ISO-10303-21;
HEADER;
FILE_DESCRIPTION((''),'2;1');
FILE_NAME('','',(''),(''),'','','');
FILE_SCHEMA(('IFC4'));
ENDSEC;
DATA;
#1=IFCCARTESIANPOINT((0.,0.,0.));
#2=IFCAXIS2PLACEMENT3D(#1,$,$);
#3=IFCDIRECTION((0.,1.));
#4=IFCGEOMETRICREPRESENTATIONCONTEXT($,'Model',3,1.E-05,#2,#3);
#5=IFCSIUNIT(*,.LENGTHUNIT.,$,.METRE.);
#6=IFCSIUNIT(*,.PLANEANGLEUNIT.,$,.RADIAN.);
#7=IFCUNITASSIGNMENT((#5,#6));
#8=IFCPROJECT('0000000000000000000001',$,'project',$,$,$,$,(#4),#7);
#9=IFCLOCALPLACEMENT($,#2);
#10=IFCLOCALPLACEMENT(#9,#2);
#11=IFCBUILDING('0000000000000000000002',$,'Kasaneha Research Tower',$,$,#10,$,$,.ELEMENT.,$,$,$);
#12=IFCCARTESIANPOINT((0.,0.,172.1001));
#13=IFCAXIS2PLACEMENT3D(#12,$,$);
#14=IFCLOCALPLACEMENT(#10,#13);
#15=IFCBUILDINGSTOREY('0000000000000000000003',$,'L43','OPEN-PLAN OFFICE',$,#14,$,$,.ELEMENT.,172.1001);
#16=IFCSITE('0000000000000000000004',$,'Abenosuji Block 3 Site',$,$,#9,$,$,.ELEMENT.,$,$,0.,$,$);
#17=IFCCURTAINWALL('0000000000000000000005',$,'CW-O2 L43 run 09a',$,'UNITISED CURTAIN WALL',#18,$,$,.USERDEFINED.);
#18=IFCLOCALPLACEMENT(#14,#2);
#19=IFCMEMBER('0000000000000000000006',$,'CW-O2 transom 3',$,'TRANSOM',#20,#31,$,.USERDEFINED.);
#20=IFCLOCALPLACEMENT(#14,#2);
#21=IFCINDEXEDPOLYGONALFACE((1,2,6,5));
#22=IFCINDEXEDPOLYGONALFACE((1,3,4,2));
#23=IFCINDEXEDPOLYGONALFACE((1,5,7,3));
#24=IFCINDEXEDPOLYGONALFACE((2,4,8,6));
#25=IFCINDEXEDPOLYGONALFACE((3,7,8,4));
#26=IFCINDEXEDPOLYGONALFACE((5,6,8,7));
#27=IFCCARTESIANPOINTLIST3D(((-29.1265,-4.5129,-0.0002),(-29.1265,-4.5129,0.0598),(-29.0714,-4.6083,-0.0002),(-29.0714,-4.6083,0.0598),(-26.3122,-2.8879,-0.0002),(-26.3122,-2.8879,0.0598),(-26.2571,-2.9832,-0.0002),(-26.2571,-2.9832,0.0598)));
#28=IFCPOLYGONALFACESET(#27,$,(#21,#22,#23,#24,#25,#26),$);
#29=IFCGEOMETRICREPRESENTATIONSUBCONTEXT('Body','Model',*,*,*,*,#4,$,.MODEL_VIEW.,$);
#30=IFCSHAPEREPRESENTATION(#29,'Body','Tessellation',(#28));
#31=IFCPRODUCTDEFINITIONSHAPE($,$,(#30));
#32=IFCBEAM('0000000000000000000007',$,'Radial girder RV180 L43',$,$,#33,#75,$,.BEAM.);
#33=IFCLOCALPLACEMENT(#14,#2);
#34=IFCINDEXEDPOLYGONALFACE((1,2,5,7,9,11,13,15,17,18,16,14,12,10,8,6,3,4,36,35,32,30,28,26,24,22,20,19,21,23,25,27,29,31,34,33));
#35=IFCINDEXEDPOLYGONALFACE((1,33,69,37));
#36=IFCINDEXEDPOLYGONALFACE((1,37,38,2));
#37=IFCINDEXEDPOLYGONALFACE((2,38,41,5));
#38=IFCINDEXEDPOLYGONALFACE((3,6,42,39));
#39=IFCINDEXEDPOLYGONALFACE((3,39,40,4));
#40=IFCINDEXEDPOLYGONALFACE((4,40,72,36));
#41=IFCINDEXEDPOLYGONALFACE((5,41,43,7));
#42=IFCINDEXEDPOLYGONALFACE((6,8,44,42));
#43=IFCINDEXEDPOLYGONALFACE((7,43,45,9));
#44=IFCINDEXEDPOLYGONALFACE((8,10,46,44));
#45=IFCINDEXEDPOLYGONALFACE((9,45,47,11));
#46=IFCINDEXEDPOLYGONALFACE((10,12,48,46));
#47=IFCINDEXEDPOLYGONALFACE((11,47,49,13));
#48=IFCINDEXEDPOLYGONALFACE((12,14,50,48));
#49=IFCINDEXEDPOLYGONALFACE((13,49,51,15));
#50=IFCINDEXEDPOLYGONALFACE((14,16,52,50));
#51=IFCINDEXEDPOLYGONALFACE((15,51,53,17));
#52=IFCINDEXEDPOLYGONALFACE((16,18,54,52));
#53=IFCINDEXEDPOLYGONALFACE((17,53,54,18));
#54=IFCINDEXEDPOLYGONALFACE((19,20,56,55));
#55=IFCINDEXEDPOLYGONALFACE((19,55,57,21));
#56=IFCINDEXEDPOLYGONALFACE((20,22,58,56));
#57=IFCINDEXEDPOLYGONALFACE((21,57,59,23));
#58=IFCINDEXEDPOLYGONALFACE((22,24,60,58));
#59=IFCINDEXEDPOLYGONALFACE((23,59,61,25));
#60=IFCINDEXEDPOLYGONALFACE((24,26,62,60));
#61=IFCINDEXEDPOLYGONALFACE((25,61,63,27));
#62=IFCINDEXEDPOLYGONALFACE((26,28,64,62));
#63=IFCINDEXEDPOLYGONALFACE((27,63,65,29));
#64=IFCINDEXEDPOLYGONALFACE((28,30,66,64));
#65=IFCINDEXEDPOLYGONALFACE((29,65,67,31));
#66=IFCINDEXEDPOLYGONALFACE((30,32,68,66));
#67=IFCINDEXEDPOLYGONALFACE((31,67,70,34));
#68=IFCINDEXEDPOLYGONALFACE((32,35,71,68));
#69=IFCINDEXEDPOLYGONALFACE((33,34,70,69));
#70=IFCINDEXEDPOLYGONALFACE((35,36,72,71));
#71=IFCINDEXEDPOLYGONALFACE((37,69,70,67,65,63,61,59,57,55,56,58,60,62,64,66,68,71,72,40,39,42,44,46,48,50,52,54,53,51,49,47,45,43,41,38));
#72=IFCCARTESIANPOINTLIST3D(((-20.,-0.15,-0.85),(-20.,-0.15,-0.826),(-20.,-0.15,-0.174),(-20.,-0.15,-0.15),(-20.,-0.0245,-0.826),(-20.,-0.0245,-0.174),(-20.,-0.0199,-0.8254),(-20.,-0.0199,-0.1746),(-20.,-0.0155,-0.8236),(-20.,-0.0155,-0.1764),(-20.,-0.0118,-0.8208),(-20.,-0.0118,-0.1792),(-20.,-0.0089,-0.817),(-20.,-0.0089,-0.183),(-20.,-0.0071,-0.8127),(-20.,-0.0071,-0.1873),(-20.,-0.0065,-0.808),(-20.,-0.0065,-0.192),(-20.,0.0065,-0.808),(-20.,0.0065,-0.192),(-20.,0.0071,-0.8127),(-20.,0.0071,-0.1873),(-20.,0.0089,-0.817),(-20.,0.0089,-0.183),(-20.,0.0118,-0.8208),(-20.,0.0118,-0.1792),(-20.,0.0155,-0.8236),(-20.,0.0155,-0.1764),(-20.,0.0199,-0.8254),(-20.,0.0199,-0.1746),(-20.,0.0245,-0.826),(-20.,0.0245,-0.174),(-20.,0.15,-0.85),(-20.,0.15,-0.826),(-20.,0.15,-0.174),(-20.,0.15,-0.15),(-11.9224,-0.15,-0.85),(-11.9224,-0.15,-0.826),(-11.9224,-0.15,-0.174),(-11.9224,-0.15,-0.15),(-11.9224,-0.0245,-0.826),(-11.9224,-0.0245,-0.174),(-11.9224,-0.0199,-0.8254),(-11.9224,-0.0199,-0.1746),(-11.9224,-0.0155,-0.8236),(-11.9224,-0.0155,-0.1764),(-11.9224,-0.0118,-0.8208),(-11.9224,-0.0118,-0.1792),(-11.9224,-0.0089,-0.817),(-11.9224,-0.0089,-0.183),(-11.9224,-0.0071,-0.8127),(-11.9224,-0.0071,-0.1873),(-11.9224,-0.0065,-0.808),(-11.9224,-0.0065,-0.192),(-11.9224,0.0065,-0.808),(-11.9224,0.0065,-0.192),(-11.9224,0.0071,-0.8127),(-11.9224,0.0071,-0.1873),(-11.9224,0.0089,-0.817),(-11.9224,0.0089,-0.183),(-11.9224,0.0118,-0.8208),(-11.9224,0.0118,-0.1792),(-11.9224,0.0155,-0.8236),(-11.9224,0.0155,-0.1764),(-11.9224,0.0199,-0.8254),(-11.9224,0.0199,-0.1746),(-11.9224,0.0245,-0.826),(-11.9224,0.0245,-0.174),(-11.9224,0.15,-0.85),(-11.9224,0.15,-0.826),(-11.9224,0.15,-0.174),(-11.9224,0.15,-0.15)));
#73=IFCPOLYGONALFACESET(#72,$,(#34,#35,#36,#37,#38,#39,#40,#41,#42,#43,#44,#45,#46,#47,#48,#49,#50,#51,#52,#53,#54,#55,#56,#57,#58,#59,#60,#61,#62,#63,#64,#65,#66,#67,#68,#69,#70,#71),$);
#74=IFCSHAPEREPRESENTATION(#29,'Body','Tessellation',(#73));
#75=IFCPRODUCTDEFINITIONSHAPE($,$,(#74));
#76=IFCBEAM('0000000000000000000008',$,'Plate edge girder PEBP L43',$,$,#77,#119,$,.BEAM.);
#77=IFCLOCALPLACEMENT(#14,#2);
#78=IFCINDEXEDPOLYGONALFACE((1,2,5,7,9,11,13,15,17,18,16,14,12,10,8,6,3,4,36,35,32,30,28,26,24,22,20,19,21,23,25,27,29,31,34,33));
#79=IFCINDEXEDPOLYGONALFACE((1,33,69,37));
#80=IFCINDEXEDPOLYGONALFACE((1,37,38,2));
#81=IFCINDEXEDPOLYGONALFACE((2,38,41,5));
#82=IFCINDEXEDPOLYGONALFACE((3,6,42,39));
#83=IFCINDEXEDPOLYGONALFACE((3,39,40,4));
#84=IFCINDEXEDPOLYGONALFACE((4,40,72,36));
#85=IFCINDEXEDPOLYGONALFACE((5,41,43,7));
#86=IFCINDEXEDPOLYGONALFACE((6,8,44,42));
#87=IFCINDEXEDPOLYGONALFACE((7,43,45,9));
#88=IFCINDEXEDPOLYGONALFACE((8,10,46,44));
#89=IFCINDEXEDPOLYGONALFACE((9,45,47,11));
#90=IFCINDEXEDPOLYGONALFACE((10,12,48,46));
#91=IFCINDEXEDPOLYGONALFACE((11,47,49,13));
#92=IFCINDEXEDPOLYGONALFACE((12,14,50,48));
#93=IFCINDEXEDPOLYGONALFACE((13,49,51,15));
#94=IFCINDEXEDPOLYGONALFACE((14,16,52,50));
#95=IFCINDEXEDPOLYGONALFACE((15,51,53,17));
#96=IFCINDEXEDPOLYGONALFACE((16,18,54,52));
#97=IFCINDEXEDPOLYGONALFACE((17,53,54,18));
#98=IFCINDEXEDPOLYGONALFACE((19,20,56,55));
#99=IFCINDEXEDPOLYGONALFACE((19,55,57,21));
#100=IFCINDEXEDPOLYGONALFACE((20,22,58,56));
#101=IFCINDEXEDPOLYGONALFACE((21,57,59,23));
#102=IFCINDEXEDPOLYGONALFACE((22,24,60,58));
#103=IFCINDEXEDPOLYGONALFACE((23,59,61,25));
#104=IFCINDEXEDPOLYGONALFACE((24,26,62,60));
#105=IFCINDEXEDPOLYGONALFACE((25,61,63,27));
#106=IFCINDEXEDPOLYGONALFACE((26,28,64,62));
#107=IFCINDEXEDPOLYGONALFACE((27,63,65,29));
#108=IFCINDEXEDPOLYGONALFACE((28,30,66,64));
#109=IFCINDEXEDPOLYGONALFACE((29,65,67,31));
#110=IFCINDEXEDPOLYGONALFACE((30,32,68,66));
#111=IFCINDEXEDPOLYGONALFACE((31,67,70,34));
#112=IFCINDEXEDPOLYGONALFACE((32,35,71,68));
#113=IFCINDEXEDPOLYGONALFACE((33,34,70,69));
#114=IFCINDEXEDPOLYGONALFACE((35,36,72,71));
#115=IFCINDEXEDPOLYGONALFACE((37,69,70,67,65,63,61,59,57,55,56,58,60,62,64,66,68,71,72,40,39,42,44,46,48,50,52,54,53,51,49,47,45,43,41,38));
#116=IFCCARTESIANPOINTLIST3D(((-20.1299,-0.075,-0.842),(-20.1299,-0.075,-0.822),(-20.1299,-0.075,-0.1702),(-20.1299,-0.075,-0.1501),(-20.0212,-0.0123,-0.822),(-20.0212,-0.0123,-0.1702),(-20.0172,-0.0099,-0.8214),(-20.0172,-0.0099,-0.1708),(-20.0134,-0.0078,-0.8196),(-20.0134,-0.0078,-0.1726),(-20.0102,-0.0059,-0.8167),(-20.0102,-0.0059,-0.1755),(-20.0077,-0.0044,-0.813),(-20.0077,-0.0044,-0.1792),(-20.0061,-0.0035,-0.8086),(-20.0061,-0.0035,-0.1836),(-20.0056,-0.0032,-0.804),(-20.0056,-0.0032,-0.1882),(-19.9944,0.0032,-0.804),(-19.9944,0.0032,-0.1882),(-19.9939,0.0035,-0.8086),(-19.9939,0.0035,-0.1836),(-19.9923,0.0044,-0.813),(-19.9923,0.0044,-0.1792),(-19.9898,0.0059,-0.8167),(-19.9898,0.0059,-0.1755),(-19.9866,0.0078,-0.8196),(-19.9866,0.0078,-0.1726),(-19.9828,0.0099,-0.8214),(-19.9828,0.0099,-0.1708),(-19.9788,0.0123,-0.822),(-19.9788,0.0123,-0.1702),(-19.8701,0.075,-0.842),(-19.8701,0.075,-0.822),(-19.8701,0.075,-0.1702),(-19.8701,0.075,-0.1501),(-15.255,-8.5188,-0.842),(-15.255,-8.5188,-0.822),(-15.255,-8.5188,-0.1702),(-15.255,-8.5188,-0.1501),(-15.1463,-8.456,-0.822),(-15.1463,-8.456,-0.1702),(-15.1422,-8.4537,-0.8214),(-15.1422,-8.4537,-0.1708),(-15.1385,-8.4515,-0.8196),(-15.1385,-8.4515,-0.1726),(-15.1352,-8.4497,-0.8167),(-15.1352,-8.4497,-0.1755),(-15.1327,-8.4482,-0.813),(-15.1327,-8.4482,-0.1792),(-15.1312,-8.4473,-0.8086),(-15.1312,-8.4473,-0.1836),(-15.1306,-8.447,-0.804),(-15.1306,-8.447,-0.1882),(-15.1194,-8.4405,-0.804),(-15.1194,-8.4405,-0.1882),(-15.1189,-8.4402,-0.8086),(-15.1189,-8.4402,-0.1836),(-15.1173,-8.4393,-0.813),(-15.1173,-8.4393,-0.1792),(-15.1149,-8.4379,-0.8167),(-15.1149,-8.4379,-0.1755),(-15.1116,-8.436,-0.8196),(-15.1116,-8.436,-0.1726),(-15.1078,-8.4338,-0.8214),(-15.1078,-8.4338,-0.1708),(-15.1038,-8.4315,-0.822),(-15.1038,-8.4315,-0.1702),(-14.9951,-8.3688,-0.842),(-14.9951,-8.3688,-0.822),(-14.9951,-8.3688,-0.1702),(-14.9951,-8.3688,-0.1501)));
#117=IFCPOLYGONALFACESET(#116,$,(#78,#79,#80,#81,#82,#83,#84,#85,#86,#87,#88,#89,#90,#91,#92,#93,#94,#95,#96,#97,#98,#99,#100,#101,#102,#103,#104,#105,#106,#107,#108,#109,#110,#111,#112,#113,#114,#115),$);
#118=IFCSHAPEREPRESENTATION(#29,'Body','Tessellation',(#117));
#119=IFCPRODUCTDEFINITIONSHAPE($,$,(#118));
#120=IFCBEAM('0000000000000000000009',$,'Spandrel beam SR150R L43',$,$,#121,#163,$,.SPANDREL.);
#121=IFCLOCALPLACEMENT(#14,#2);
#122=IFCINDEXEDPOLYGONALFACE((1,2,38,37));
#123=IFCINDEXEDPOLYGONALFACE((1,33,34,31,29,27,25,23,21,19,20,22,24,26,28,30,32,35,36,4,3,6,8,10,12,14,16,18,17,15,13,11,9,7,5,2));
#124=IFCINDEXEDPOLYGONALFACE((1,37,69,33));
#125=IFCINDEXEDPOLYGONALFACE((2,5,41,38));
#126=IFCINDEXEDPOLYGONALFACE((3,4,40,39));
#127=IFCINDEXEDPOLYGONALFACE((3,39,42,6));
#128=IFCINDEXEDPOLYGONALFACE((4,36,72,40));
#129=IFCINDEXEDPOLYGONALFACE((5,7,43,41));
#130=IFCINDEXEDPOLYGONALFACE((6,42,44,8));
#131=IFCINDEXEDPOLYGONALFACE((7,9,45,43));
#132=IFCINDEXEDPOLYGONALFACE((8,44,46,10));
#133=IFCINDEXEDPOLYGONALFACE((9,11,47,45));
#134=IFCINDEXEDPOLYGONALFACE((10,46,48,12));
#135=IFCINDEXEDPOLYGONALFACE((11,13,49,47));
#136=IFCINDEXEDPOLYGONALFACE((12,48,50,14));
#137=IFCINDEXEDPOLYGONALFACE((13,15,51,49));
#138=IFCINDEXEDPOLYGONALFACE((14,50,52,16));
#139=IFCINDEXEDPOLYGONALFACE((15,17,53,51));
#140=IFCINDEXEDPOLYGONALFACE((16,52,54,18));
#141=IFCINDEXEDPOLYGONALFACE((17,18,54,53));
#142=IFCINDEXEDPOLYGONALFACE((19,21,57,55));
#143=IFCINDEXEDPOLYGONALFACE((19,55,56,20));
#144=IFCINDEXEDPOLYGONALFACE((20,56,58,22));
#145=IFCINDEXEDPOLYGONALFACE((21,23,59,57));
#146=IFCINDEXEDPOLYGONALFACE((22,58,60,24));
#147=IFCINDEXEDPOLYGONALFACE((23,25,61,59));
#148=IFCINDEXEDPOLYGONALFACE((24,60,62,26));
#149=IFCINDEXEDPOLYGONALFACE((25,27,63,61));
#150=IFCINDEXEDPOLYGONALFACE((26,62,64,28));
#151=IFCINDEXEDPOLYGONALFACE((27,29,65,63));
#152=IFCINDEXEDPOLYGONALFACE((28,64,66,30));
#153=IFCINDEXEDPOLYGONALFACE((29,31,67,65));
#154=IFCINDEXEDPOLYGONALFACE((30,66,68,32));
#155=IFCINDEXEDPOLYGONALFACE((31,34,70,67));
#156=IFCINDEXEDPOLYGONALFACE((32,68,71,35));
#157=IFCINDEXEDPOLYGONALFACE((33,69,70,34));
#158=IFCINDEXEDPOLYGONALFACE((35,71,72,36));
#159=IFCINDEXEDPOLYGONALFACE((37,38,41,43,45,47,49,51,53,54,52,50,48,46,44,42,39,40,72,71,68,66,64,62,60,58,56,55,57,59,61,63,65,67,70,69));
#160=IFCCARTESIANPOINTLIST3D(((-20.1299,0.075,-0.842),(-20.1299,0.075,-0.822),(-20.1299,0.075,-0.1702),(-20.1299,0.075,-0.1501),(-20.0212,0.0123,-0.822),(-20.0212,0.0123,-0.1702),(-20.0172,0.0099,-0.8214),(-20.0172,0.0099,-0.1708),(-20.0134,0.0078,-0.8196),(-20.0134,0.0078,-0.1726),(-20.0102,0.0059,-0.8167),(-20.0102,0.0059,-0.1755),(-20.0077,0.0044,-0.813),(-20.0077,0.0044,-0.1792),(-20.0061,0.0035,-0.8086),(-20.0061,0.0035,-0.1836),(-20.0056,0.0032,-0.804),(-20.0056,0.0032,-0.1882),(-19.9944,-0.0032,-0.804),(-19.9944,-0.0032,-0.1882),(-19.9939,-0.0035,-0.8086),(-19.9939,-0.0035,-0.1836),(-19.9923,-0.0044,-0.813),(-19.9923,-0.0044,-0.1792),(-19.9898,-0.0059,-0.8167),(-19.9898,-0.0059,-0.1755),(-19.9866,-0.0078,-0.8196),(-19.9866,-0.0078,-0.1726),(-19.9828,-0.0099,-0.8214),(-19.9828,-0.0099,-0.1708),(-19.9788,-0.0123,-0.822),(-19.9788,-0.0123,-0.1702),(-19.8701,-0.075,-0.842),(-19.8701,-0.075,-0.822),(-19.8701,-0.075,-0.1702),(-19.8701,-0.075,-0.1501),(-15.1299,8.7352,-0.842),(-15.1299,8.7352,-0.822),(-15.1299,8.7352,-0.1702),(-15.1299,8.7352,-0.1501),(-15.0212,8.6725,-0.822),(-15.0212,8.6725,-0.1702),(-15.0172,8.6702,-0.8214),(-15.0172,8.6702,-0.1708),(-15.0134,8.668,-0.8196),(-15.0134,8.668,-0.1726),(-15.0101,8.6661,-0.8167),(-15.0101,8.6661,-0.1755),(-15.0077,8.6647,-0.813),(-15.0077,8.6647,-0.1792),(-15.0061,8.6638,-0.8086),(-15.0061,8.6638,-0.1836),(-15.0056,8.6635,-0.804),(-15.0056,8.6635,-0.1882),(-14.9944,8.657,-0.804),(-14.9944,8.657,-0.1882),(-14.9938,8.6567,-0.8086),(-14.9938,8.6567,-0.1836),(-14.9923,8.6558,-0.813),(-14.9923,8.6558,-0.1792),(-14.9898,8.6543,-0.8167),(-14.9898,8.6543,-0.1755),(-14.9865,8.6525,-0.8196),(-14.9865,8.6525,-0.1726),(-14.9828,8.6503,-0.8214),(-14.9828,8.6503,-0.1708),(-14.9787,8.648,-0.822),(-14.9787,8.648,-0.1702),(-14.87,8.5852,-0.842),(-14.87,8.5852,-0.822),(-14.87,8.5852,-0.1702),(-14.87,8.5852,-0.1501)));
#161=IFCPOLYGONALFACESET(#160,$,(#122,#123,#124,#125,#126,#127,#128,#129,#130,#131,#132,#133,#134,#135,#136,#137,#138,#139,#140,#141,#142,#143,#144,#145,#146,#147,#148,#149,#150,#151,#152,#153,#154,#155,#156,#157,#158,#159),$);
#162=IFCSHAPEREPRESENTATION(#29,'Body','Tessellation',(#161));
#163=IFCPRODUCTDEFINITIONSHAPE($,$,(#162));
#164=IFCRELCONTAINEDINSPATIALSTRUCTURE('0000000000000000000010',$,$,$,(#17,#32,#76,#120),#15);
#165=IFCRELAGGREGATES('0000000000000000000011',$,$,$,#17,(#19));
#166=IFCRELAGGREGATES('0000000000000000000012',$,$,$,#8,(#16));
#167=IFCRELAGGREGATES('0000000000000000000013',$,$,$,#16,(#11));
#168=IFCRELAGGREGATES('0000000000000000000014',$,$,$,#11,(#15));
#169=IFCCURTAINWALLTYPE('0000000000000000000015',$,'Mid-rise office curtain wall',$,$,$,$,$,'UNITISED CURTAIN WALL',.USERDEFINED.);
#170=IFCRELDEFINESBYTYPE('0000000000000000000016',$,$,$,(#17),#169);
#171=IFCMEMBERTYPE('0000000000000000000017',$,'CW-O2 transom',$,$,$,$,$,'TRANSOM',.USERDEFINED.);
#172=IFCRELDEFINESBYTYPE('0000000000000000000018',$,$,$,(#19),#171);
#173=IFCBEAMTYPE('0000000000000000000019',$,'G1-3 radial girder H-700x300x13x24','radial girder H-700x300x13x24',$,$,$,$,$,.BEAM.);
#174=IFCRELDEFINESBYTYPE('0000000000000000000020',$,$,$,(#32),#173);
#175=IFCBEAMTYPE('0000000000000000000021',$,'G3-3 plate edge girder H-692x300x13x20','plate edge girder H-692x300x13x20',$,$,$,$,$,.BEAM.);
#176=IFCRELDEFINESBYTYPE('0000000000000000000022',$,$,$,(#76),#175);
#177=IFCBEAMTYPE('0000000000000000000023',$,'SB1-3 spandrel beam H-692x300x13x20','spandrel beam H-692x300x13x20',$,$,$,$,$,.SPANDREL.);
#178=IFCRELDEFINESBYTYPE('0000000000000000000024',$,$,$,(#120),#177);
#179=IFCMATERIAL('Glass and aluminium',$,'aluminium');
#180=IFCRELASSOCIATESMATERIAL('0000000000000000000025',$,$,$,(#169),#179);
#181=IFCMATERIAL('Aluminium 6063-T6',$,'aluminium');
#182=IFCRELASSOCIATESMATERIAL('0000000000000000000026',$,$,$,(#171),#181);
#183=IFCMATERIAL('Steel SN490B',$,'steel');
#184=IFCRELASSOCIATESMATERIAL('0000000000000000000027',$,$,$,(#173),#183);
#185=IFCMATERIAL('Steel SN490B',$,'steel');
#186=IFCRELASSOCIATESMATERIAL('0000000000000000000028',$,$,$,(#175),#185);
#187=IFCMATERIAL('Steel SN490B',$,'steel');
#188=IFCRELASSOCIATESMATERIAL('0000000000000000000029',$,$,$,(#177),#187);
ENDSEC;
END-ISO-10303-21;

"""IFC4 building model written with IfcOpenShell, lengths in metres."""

from ifc_helpers import new_model, si_unit, direction, frame, origin, origin_2d, place, context, subcontext, project, spatial, rectangle, i_section, extrude, material, material_profile, profile_set, type_object, element, aggregate, save


model = new_model("IFC4")

# Units and contexts
model_context = context("Model", 3, precision=1e-05, world=origin(), true_north=direction((0.0, 1.0)))
body_context = subcontext(model_context, "Body", "Model", "MODEL_VIEW")
ifc_project = project(units=[si_unit("LENGTHUNIT", "METRE"), si_unit("PLANEANGLEUNIT", "RADIAN")], contexts=[model_context])

# Site, building, storey
site_placement = place(None, origin())
site = spatial("IfcSite", under=ifc_project, at=site_placement, Name="Abenosuji Block 3 Site", CompositionType="ELEMENT", RefElevation=0.0)
building_placement = place(site_placement, origin())
building = spatial("IfcBuilding", under=site, at=building_placement, Name="Kasaneha Research Tower", CompositionType="ELEMENT")
storey_placement = place(building_placement, frame((0.0, 0.0, 172.1001)))
storey = spatial("IfcBuildingStorey", under=building, at=storey_placement, Name="L43", Description="OPEN-PLAN OFFICE", CompositionType="ELEMENT", Elevation=172.1001)

# Shared definitions
ifc_material_1 = material(Name="Glass and aluminium", Category="aluminium")
curtain_wall_type = type_object("IfcCurtainWallType", Name="Mid-rise office curtain wall", ElementType="UNITISED CURTAIN WALL", PredefinedType="USERDEFINED", material=ifc_material_1)

# Curtain wall
curtain_wall_1_placement = place(storey_placement, origin())
curtain_wall_1 = element("IfcCurtainWall", 1, at=curtain_wall_1_placement, inside=storey, type_object=curtain_wall_type, Name="CW-O2 L43 run 09a", ObjectType="UNITISED CURTAIN WALL", PredefinedType="USERDEFINED")

# Member
ifc_material_2 = material(Name="Aluminium 6063-T6", Category="aluminium")
ifc_material_profile_1 = material_profile(ifc_material_2, rectangle(XDim=0.1101, YDim=0.0601, at=origin_2d()), Name="CW-O2 transom 110x60")
ifc_profile_set_1 = profile_set([ifc_material_profile_1], Name="Aluminium 6063-T6")
member_type_1 = type_object("IfcMemberType", Name="CW-O2 transom", ElementType="TRANSOM", PredefinedType="USERDEFINED", material=ifc_profile_set_1)
member_1_placement = place(storey_placement, frame((-26.2847, -2.9355, 0.0298), z_axis=(-0.865997, -0.50005, 0.0), x_axis=(0.50005, -0.865997, 0.0)))
member_1 = element("IfcMember", 2, at=member_1_placement, type_object=member_type_1, Name="CW-O2 transom 3", ObjectType="TRANSOM", PredefinedType="USERDEFINED", context=body_context, shape_type="SweptSolid", body=[
    extrude(rectangle(XDim=0.1101, YDim=0.0601, at=origin_2d()), origin(), (0.0, 0.0, 1.0), 3.2498),
])

# Beams
ifc_material_3 = material(Name="Steel SN490B", Category="steel")
ifc_material_profile_2 = material_profile(ifc_material_3, i_section(OverallWidth=0.3, OverallDepth=0.7, WebThickness=0.0129, FlangeThickness=0.0239, FilletRadius=0.0181, at=origin_2d()), Name="H-700x300x13x24")
ifc_profile_set_2 = profile_set([ifc_material_profile_2], Name="Steel SN490B")
beam_type_1 = type_object("IfcBeamType", Name="G1-3 radial girder H-700x300x13x24", Description="radial girder H-700x300x13x24", PredefinedType="BEAM", material=ifc_profile_set_2)
beam_1_placement = place(storey_placement, frame((-11.9224, 0.0, -0.5), z_axis=(-1.0, 0.0, 0.0), x_axis=(0.0, -1.0, 0.0)))
element("IfcBeam", 3, at=beam_1_placement, inside=storey, type_object=beam_type_1, Name="Radial girder RV180 L43", PredefinedType="BEAM", context=body_context, shape_type="SweptSolid", body=[
    extrude(i_section(OverallWidth=0.3, OverallDepth=0.7, WebThickness=0.0129, FlangeThickness=0.0239, FilletRadius=0.0181, at=origin_2d()), origin(), (0.0, 0.0, 1.0), 8.0776),
])
ifc_material_4 = material(Name="Steel SN490B", Category="steel")
ifc_material_profile_3 = material_profile(ifc_material_4, i_section(OverallWidth=0.3, OverallDepth=0.6919, WebThickness=0.0129, FlangeThickness=0.02, FilletRadius=0.0181, at=origin_2d()), Name="H-692x300x13x20")
ifc_profile_set_3 = profile_set([ifc_material_profile_3], Name="Steel SN490B")
beam_type_2 = type_object("IfcBeamType", Name="G3-3 plate edge girder H-692x300x13x20", Description="plate edge girder H-692x300x13x20", PredefinedType="BEAM", material=ifc_profile_set_3)
beam_2_placement = place(storey_placement, frame((-20.0, 0.0, -0.4961), z_axis=(0.499996, -0.866028, 0.0), x_axis=(0.866028, 0.499996, 0.0)))
element("IfcBeam", 4, at=beam_2_placement, inside=storey, type_object=beam_type_2, Name="Plate edge girder PEBP L43", PredefinedType="BEAM", context=body_context, shape_type="SweptSolid", body=[
    extrude(i_section(OverallWidth=0.3, OverallDepth=0.6919, WebThickness=0.0129, FlangeThickness=0.02, FilletRadius=0.0181, at=origin_2d()), origin(), (0.0, 0.0, 1.0), 9.75),
])
ifc_material_5 = material(Name="Steel SN490B", Category="steel")
ifc_material_profile_4 = material_profile(ifc_material_5, i_section(OverallWidth=0.3, OverallDepth=0.6919, WebThickness=0.0129, FlangeThickness=0.02, FilletRadius=0.0181, at=origin_2d()), Name="H-692x300x13x20")
ifc_profile_set_4 = profile_set([ifc_material_profile_4], Name="Steel SN490B")
beam_type_3 = type_object("IfcBeamType", Name="SB1-3 spandrel beam H-692x300x13x20", Description="spandrel beam H-692x300x13x20", PredefinedType="SPANDREL", material=ifc_profile_set_4)
beam_3_placement = place(storey_placement, frame((-20.0, 0.0, -0.4961), z_axis=(0.500004, 0.866023, 0.0), x_axis=(-0.866023, 0.500004, 0.0)))
element("IfcBeam", 5, at=beam_3_placement, inside=storey, type_object=beam_type_3, Name="Spandrel beam SR150R L43", PredefinedType="SPANDREL", context=body_context, shape_type="SweptSolid", body=[
    extrude(i_section(OverallWidth=0.3, OverallDepth=0.6919, WebThickness=0.0129, FlangeThickness=0.02, FilletRadius=0.0181, at=origin_2d()), origin(), (0.0, 0.0, 1.0), 10.0),
])

aggregate(curtain_wall_1, [member_1])

save(model, "model.ifc")
